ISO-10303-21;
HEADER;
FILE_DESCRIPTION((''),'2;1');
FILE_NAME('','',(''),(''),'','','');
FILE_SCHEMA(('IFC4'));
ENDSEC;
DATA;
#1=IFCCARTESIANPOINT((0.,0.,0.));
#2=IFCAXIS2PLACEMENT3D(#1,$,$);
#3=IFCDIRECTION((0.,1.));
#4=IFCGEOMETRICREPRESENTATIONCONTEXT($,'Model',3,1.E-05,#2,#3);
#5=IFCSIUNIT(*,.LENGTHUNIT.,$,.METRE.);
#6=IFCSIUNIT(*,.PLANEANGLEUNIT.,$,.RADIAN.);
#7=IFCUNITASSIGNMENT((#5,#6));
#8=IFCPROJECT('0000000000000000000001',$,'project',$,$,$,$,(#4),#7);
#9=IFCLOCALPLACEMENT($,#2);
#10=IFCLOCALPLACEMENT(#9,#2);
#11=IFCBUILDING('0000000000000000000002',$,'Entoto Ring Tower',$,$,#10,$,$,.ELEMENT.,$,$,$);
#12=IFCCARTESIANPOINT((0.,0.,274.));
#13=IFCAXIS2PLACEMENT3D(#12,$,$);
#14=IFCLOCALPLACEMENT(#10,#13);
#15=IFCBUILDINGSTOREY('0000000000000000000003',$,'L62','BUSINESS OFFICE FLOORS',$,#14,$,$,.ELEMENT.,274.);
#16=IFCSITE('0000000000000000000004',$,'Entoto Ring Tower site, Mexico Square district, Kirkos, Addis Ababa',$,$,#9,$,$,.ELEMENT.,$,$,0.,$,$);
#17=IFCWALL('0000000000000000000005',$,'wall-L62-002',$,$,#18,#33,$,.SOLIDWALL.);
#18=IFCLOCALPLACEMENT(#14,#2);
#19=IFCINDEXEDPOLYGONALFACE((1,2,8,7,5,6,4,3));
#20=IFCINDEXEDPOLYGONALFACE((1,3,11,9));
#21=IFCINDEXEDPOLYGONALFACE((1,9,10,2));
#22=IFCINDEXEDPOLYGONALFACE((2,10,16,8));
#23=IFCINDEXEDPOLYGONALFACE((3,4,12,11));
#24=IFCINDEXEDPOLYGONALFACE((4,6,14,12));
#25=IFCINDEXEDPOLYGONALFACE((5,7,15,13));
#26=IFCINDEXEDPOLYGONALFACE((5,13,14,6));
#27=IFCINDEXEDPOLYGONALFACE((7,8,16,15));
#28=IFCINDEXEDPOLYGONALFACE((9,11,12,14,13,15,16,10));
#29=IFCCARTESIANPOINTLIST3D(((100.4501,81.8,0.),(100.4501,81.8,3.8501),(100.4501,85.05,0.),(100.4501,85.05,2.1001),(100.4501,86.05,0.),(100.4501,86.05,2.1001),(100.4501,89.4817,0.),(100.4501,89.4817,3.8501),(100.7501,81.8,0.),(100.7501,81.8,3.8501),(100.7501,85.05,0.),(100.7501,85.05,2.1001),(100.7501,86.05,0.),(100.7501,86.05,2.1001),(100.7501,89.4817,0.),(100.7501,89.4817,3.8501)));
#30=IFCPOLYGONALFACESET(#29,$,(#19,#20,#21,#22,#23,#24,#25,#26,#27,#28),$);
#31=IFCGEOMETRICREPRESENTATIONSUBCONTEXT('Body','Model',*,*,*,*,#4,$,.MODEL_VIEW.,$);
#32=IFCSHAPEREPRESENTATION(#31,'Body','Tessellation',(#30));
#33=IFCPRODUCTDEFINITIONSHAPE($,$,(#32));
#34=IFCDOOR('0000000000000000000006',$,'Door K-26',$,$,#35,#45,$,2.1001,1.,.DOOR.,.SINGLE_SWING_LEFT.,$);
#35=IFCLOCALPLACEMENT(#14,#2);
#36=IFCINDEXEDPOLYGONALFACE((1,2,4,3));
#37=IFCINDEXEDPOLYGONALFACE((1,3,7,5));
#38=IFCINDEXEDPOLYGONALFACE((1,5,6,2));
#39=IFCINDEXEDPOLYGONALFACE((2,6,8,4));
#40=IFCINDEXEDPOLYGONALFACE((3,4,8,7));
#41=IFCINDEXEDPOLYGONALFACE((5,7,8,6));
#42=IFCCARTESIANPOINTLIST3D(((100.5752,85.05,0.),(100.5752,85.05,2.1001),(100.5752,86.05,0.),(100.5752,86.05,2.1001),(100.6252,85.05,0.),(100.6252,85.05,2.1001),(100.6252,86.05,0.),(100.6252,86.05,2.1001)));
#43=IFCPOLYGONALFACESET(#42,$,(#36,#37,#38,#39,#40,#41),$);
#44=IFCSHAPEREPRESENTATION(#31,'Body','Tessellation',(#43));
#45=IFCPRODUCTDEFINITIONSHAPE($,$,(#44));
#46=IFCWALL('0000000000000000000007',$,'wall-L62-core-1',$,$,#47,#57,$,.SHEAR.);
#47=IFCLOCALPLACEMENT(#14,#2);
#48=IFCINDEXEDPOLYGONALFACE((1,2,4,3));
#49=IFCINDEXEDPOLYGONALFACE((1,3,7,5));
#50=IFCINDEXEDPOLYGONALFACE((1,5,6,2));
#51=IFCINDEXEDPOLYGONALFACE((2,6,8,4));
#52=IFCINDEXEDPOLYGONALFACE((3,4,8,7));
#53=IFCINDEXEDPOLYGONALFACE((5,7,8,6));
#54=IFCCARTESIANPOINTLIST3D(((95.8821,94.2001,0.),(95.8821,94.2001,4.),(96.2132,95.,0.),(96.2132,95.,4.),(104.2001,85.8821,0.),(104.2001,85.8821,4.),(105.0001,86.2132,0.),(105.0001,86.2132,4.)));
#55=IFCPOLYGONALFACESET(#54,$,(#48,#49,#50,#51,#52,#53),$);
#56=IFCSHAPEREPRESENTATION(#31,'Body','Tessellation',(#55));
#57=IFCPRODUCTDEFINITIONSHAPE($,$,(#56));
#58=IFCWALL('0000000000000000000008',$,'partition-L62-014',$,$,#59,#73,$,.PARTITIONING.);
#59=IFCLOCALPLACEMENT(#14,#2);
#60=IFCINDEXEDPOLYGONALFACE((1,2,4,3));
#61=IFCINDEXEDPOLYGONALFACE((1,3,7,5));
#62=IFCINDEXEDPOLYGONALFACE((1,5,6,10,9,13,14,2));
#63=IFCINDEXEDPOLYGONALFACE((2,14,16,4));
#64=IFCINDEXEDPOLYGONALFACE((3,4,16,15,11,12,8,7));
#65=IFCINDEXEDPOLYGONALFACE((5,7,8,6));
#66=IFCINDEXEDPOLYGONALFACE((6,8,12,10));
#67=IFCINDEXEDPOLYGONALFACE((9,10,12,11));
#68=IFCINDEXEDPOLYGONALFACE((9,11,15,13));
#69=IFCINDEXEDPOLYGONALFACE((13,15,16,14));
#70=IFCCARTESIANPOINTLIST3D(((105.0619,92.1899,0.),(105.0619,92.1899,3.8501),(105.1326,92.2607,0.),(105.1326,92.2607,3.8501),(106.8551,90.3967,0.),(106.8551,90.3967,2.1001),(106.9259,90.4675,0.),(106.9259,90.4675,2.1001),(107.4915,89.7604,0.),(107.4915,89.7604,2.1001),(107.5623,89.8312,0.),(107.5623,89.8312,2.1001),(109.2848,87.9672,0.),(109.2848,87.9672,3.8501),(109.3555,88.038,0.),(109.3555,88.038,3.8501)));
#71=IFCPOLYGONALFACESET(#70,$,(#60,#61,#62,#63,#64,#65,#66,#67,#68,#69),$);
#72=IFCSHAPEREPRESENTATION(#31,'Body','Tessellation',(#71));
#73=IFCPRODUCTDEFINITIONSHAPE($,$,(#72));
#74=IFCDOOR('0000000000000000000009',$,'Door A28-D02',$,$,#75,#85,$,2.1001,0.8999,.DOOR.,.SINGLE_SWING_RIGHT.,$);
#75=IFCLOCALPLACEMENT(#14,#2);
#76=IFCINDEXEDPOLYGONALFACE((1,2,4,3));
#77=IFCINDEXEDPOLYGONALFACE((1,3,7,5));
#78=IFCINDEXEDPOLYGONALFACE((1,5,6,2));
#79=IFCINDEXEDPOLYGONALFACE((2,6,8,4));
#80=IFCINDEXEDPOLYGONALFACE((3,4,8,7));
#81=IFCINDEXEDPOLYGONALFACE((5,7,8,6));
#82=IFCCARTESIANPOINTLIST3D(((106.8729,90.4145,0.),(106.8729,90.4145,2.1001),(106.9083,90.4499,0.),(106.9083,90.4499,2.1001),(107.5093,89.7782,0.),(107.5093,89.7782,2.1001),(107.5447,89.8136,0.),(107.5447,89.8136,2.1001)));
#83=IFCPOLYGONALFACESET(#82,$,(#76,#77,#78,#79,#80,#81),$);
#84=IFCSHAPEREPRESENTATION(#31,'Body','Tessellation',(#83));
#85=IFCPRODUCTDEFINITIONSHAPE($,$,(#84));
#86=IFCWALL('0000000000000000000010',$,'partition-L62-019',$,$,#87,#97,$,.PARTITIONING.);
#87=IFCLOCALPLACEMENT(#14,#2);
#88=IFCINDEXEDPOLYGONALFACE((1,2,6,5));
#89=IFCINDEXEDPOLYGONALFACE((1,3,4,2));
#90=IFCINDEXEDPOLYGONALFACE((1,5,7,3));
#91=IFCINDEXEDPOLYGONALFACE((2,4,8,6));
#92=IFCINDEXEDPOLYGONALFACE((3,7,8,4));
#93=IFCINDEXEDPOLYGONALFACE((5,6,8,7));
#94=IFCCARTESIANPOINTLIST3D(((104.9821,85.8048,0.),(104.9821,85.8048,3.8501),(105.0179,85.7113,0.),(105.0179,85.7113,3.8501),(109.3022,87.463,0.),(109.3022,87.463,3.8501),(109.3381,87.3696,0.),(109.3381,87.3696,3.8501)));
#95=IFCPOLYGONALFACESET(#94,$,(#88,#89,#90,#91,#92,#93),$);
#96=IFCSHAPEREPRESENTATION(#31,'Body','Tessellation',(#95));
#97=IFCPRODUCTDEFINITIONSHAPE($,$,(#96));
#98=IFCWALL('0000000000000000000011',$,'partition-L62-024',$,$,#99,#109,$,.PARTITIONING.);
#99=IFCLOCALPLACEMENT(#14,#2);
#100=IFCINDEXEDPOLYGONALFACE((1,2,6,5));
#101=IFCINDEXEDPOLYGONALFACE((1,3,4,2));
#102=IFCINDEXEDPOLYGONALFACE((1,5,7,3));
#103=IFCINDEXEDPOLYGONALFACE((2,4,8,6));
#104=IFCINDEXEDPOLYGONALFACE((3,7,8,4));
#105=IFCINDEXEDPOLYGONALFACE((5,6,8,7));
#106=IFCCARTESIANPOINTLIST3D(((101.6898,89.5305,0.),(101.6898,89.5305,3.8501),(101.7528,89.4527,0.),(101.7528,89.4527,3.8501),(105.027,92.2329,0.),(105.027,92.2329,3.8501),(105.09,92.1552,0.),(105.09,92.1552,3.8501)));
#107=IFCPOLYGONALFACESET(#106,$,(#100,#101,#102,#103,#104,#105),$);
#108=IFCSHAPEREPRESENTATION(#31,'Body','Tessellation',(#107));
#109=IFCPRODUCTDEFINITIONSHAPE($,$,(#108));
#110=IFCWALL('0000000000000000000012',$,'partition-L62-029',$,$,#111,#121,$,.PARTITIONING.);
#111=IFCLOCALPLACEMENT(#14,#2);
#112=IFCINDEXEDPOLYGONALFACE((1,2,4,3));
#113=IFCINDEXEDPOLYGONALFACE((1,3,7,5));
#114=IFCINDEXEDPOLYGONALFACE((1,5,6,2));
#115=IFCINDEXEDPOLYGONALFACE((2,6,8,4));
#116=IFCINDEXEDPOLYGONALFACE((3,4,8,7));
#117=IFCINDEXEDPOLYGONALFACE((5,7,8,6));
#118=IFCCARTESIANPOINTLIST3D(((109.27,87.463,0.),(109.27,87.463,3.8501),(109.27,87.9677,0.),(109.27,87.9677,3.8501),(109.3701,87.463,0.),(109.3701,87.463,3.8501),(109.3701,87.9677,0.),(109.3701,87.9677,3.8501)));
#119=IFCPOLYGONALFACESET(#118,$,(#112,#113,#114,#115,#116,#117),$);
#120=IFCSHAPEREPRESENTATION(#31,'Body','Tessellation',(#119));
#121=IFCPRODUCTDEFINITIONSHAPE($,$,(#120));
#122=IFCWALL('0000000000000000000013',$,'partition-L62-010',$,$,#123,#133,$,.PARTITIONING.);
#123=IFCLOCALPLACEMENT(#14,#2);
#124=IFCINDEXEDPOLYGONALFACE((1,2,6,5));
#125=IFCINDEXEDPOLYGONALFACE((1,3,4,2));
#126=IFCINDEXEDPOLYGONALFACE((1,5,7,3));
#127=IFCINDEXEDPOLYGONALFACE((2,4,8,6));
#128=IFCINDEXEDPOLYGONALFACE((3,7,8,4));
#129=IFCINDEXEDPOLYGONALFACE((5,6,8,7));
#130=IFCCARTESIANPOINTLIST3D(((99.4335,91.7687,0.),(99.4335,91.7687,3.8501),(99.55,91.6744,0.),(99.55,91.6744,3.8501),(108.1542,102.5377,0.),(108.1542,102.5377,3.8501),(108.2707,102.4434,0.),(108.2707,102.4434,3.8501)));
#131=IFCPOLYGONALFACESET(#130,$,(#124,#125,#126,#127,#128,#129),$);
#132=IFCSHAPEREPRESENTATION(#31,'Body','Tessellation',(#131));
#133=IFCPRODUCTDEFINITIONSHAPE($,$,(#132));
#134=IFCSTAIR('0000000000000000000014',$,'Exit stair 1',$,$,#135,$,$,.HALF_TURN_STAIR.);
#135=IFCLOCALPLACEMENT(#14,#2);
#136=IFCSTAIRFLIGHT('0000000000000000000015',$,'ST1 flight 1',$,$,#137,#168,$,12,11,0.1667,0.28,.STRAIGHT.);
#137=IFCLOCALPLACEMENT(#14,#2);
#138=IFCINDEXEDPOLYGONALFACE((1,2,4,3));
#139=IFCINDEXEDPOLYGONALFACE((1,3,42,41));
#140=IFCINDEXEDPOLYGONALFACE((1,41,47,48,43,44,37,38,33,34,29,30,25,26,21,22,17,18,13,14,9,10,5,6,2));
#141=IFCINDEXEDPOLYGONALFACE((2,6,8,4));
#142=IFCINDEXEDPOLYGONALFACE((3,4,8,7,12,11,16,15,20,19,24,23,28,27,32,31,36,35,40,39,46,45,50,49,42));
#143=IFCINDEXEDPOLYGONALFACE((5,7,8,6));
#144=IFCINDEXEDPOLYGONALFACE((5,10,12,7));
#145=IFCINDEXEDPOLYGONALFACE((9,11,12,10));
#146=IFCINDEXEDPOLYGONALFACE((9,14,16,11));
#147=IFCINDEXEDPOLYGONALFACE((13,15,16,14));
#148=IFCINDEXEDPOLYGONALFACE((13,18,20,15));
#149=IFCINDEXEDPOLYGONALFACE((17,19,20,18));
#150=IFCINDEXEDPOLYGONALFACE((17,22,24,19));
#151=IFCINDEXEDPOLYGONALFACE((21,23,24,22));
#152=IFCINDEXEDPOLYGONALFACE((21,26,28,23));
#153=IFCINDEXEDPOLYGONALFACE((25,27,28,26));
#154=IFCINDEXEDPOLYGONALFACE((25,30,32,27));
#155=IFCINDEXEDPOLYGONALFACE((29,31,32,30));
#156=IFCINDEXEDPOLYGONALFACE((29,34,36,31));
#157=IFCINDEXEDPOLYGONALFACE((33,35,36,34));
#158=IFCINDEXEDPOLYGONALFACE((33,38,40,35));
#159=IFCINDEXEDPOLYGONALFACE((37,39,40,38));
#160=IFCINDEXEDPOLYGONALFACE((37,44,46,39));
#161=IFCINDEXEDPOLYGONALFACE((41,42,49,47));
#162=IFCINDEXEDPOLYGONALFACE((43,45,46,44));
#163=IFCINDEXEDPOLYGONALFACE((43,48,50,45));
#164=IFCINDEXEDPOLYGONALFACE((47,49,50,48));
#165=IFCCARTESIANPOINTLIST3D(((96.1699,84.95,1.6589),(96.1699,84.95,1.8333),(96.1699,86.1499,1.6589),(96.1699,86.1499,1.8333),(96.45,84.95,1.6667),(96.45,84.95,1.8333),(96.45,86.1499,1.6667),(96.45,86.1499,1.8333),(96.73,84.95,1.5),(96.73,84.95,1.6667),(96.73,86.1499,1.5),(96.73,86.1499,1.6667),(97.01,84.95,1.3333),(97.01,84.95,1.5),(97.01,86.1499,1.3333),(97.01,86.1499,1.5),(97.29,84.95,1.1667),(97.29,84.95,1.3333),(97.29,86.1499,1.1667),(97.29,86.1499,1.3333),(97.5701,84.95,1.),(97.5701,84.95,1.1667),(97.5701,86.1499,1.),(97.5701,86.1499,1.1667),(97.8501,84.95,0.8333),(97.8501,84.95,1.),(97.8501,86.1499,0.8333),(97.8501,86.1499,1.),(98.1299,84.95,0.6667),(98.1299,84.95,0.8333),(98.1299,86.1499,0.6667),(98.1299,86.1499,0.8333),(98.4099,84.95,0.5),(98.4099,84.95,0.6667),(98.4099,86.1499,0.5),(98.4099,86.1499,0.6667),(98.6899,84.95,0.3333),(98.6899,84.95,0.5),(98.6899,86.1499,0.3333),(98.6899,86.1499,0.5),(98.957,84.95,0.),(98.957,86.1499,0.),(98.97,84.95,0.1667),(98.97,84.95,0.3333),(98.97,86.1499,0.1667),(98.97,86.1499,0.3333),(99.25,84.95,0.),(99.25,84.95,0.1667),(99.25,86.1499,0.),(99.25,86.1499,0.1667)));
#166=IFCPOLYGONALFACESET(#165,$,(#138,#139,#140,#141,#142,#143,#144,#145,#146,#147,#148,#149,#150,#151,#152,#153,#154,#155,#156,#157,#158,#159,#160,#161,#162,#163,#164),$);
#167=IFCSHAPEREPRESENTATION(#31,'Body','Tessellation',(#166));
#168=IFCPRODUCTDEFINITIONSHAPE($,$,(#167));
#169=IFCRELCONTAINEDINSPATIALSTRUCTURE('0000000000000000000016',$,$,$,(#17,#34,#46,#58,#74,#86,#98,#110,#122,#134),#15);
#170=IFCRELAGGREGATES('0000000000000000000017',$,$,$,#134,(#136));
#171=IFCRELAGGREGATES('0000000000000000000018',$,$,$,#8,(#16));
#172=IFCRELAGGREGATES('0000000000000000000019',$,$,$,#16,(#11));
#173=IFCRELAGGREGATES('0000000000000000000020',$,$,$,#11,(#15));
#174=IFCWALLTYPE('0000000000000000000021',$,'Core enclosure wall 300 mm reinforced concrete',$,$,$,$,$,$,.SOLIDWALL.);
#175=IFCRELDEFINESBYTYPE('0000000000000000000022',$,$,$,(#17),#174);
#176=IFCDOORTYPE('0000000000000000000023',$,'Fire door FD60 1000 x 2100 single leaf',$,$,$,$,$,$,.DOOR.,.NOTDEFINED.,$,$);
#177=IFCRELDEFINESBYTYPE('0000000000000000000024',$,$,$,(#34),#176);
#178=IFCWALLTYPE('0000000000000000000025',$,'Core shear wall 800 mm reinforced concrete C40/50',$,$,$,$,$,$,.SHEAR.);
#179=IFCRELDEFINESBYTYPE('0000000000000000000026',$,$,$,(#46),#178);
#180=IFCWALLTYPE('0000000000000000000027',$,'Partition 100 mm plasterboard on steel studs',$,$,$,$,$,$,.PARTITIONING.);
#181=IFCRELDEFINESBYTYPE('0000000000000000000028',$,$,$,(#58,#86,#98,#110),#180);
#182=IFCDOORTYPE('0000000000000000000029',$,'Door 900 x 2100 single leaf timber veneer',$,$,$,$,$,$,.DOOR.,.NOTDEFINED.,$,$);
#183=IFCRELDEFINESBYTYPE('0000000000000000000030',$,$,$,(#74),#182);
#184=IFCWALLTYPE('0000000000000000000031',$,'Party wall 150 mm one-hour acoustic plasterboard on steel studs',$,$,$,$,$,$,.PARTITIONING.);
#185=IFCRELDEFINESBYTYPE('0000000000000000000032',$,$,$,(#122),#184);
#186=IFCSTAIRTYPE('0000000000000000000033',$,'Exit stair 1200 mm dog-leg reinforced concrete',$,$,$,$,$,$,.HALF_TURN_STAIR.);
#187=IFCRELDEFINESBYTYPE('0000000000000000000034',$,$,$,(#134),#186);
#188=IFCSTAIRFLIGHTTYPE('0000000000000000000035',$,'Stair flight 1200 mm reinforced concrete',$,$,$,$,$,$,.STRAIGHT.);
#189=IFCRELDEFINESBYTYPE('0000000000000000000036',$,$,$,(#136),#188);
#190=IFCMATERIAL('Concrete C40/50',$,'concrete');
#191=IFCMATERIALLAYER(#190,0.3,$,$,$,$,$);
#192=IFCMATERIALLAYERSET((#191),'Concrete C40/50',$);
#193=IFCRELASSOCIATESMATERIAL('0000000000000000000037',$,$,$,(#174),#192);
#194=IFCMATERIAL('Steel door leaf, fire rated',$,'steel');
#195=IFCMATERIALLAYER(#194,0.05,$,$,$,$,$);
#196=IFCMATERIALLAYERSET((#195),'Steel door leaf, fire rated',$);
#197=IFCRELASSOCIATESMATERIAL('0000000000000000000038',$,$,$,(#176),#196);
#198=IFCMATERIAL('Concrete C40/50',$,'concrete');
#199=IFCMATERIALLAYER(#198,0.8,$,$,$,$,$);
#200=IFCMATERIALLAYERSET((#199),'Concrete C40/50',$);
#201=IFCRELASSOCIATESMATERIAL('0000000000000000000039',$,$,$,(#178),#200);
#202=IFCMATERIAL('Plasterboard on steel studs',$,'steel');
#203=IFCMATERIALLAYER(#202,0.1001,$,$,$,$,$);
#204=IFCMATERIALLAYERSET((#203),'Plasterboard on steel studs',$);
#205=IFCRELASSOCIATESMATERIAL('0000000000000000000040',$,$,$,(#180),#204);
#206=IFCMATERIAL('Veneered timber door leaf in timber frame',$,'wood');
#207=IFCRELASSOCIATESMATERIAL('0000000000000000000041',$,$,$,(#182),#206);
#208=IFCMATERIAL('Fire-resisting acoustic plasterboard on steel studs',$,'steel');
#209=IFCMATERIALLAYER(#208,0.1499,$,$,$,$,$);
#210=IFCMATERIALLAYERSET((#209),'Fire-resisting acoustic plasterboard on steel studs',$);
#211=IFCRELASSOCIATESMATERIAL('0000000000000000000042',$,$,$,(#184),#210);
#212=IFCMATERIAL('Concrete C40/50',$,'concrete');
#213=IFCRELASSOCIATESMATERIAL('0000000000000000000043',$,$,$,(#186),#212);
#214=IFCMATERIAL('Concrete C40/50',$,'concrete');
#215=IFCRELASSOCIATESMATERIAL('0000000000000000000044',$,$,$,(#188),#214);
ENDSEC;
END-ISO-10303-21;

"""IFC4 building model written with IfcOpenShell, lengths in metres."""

from ifc_helpers import new_model, si_unit, direction, frame, frame_2d, origin, place, context, subcontext, project, spatial, polyline, rectangle, outline, extrude, material, layer, layer_set, type_object, element, fill, aggregate, save


model = new_model("IFC4")

# Units and contexts
model_context = context("Model", 3, precision=1e-05, world=origin(), true_north=direction((0.0, 1.0)))
body_context = subcontext(model_context, "Body", "Model", "MODEL_VIEW")
ifc_project = project(units=[si_unit("LENGTHUNIT", "METRE"), si_unit("PLANEANGLEUNIT", "RADIAN")], contexts=[model_context])

# Site, building, storey
site_placement = place(None, origin())
site = spatial("IfcSite", under=ifc_project, at=site_placement, Name="Entoto Ring Tower site, Mexico Square district, Kirkos, Addis Ababa", CompositionType="ELEMENT", RefElevation=0.0)
building_placement = place(site_placement, origin())
building = spatial("IfcBuilding", under=site, at=building_placement, Name="Entoto Ring Tower", CompositionType="ELEMENT")
storey_placement = place(building_placement, frame((0.0, 0.0, 274.0)))
storey = spatial("IfcBuildingStorey", under=building, at=storey_placement, Name="L62", Description="BUSINESS OFFICE FLOORS", CompositionType="ELEMENT", Elevation=274.0)

# Wall, opening, door
ifc_material_1 = material(Name="Concrete C40/50", Category="concrete")
ifc_layer_1 = layer(ifc_material_1, 0.3)
ifc_layer_set_1 = layer_set([ifc_layer_1], Name="Concrete C40/50")
wall_type_1 = type_object("IfcWallType", Name="Core enclosure wall 300 mm reinforced concrete", PredefinedType="SOLIDWALL", material=ifc_layer_set_1)
wall_1_placement = place(storey_placement, frame((100.6001, 81.8, 0.0), z_axis=(0.0, 0.0, 1.0), x_axis=(0.0, 1.0, 0.0)))
wall_1 = element("IfcWall", 1, at=wall_1_placement, inside=storey, type_object=wall_type_1, Name="wall-L62-002", PredefinedType="SOLIDWALL", context=body_context, shape_type="SweptSolid", body=[
    extrude(rectangle(XDim=7.6816, YDim=0.3, at=frame_2d((3.8408, 0.0))), origin(), (0.0, 0.0, 1.0), 3.8501),
])
opening_1_placement = place(wall_1_placement, frame((3.25, 0.0, 0.0)))
opening_1 = element("IfcOpeningElement", 2, at=opening_1_placement, cuts=wall_1, PredefinedType="OPENING", context=body_context, shape_type="SweptSolid", body=[
    extrude(rectangle(XDim=1.0, YDim=2.1001, at=frame_2d((0.5, 1.05))), frame((0.0, 0.1602, 0.0), z_axis=(0.0, -1.0, 0.0), x_axis=(1.0, 0.0, 0.0)), (0.0, 0.0, 1.0), 0.3201),
])
ifc_material_2 = material(Name="Steel door leaf, fire rated", Category="steel")
ifc_layer_2 = layer(ifc_material_2, 0.05)
ifc_layer_set_2 = layer_set([ifc_layer_2], Name="Steel door leaf, fire rated")
door_type_1 = type_object("IfcDoorType", Name="Fire door FD60 1000 x 2100 single leaf", OperationType="NOTDEFINED", PredefinedType="DOOR", material=ifc_layer_set_2)
door_1_placement = place(opening_1_placement, origin())
door_1 = element("IfcDoor", 3, at=door_1_placement, inside=storey, type_object=door_type_1, Name="Door K-26", OperationType="SINGLE_SWING_LEFT", OverallHeight=2.1001, OverallWidth=1.0, PredefinedType="DOOR", context=body_context, shape_type="SweptSolid", body=[
    extrude(rectangle(XDim=1.0, YDim=2.1001, at=frame_2d((0.5, 1.05))), frame((0.0, 0.0249, 0.0), z_axis=(0.0, -1.0, 0.0), x_axis=(1.0, 0.0, 0.0)), (0.0, 0.0, 1.0), 0.05),
])
fill(opening_1, door_1)

# Wall
ifc_material_3 = material(Name="Concrete C40/50", Category="concrete")
ifc_layer_3 = layer(ifc_material_3, 0.8)
ifc_layer_set_3 = layer_set([ifc_layer_3], Name="Concrete C40/50")
wall_type_2 = type_object("IfcWallType", Name="Core shear wall 800 mm reinforced concrete C40/50", PredefinedType="SHEAR", material=ifc_layer_set_3)
wall_2_placement = place(storey_placement, frame((104.6001, 86.0476, 0.0), z_axis=(0.0, 0.0, 1.0), x_axis=(-0.707107, 0.707107, 0.0)))
element("IfcWall", 4, at=wall_2_placement, inside=storey, type_object=wall_type_2, Name="wall-L62-core-1", PredefinedType="SHEAR", context=body_context, shape_type="SweptSolid", body=[
    extrude(outline(polyline([(-0.1658, -0.3999), (12.2607, -0.3999), (11.9292, 0.3999), (0.1658, 0.3999), (-0.1658, -0.3999)])), origin(), (0.0, 0.0, 1.0), 4.0),
])

# Wall, opening, door
ifc_material_4 = material(Name="Plasterboard on steel studs", Category="steel")
ifc_layer_4 = layer(ifc_material_4, 0.1001)
ifc_layer_set_4 = layer_set([ifc_layer_4], Name="Plasterboard on steel studs")
wall_type_3 = type_object("IfcWallType", Name="Partition 100 mm plasterboard on steel studs", PredefinedType="PARTITIONING", material=ifc_layer_set_4)
wall_3_placement = place(storey_placement, frame((109.3201, 88.0027, 0.0), z_axis=(0.0, 0.0, 1.0), x_axis=(-0.707127, 0.707086, 0.0)))
wall_3 = element("IfcWall", 5, at=wall_3_placement, inside=storey, type_object=wall_type_3, Name="partition-L62-014", PredefinedType="PARTITIONING", context=body_context, shape_type="SweptSolid", body=[
    extrude(rectangle(XDim=5.9719, YDim=0.1001, at=frame_2d((2.9858, 0.0))), origin(), (0.0, 0.0, 1.0), 3.8501),
])
opening_2_placement = place(wall_3_placement, frame((2.5359, 0.0, 0.0)))
opening_2 = element("IfcOpeningElement", 6, at=opening_2_placement, cuts=wall_3, PredefinedType="OPENING", context=body_context, shape_type="SweptSolid", body=[
    extrude(rectangle(XDim=0.8999, YDim=2.1001, at=frame_2d((0.45, 1.05))), frame((0.0, 0.0601, 0.0), z_axis=(0.0, -1.0, 0.0), x_axis=(1.0, 0.0, 0.0)), (0.0, 0.0, 1.0), 0.1201),
])
ifc_material_5 = material(Name="Veneered timber door leaf in timber frame", Category="wood")
door_type_2 = type_object("IfcDoorType", Name="Door 900 x 2100 single leaf timber veneer", OperationType="NOTDEFINED", PredefinedType="DOOR", material=ifc_material_5)
door_2_placement = place(opening_2_placement, origin())
door_2 = element("IfcDoor", 7, at=door_2_placement, inside=storey, type_object=door_type_2, Name="Door A28-D02", OperationType="SINGLE_SWING_RIGHT", OverallHeight=2.1001, OverallWidth=0.8999, PredefinedType="DOOR", context=body_context, shape_type="SweptSolid", body=[
    extrude(rectangle(XDim=0.8999, YDim=2.1001, at=frame_2d((0.45, 1.05))), frame((0.0, 0.0249, 0.0), z_axis=(0.0, -1.0, 0.0), x_axis=(1.0, 0.0, 0.0)), (0.0, 0.0, 1.0), 0.05),
])
fill(opening_2, door_2)

# Walls
wall_4_placement = place(storey_placement, frame((105.0, 85.7581, 0.0), z_axis=(0.0, 0.0, 1.0), x_axis=(0.933589, 0.358346, 0.0)))
element("IfcWall", 8, at=wall_4_placement, inside=storey, type_object=wall_type_3, Name="partition-L62-019", PredefinedType="PARTITIONING", context=body_context, shape_type="SweptSolid", body=[
    extrude(rectangle(XDim=4.6274, YDim=0.1001, at=frame_2d((2.3137, 0.0))), origin(), (0.0, 0.0, 1.0), 3.8501),
])
wall_5_placement = place(storey_placement, frame((101.7214, 89.4917, 0.0), z_axis=(0.0, 0.0, 1.0), x_axis=(0.777144, 0.629323, 0.0)))
element("IfcWall", 9, at=wall_5_placement, inside=storey, type_object=wall_type_3, Name="partition-L62-024", PredefinedType="PARTITIONING", context=body_context, shape_type="SweptSolid", body=[
    extrude(rectangle(XDim=4.2942, YDim=0.1001, at=frame_2d((2.147, 0.0))), origin(), (0.0, 0.0, 1.0), 3.8501),
])
wall_6_placement = place(storey_placement, frame((109.3201, 87.4629, 0.0), z_axis=(0.0, 0.0, 1.0), x_axis=(0.0, 1.0, 0.0)))
element("IfcWall", 10, at=wall_6_placement, inside=storey, type_object=wall_type_3, Name="partition-L62-029", PredefinedType="PARTITIONING", context=body_context, shape_type="SweptSolid", body=[
    extrude(rectangle(XDim=0.5046, YDim=0.1001, at=frame_2d((0.2524, 0.0))), origin(), (0.0, 0.0, 1.0), 3.8501),
])
ifc_material_6 = material(Name="Fire-resisting acoustic plasterboard on steel studs", Category="steel")
ifc_layer_5 = layer(ifc_material_6, 0.1499)
ifc_layer_set_5 = layer_set([ifc_layer_5], Name="Fire-resisting acoustic plasterboard on steel studs")
wall_type_4 = type_object("IfcWallType", Name="Party wall 150 mm one-hour acoustic plasterboard on steel studs", PredefinedType="PARTITIONING", material=ifc_layer_set_5)
wall_7_placement = place(storey_placement, frame((99.4917, 91.7214, 0.0), z_axis=(0.0, 0.0, 1.0), x_axis=(0.629325, 0.777142, 0.0)))
element("IfcWall", 11, at=wall_7_placement, inside=storey, type_object=wall_type_4, Name="partition-L62-010", PredefinedType="PARTITIONING", context=body_context, shape_type="SweptSolid", body=[
    extrude(rectangle(XDim=13.8572, YDim=0.1499, at=frame_2d((6.9287, 0.0))), origin(), (0.0, 0.0, 1.0), 3.8501),
])

# Stair, stair flight
ifc_material_7 = material(Name="Concrete C40/50", Category="concrete")
stair_type = type_object("IfcStairType", Name="Exit stair 1200 mm dog-leg reinforced concrete", PredefinedType="HALF_TURN_STAIR", material=ifc_material_7)
stair_placement = place(storey_placement, origin())
stair = element("IfcStair", 12, at=stair_placement, inside=storey, type_object=stair_type, Name="Exit stair 1", PredefinedType="HALF_TURN_STAIR")
ifc_material_8 = material(Name="Concrete C40/50", Category="concrete")
stair_flight_type = type_object("IfcStairFlightType", Name="Stair flight 1200 mm reinforced concrete", PredefinedType="STRAIGHT", material=ifc_material_8)
stair_flight_placement = place(storey_placement, frame((99.25, 85.55, 0.0), z_axis=(0.0, 0.0, 1.0), x_axis=(-1.0, 0.0, 0.0)))
stair_flight = element("IfcStairFlight", 13, at=stair_flight_placement, type_object=stair_flight_type, Name="ST1 flight 1", NumberOfRisers=12, NumberOfTreads=11, PredefinedType="STRAIGHT", RiserHeight=0.1667, TreadLength=0.28, context=body_context, shape_type="SweptSolid", body=[
    extrude(outline(polyline([(0.0, 0.0), (0.0, 0.1667), (0.28, 0.1667), (0.28, 0.3333), (0.5601, 0.3333), (0.5601, 0.5), (0.8401, 0.5), (0.8401, 0.6667), (1.1201, 0.6667), (1.1201, 0.8333), (1.3999, 0.8333), (1.3999, 1.0), (1.6799, 1.0), (1.6799, 1.1667), (1.96, 1.1667), (1.96, 1.3333), (2.24, 1.3333), (2.24, 1.5), (2.52, 1.5), (2.52, 1.6667), (2.8, 1.6667), (2.8, 1.8333), (3.0801, 1.8333), (3.0801, 2.0), (3.0801, 1.6589), (0.293, 0.0), (0.0, 0.0)])), frame((0.0, 0.6001, 0.0), z_axis=(0.0, -1.0, 0.0), x_axis=(1.0, 0.0, 0.0)), (0.0, 0.0, 1.0), 1.2),
])
aggregate(stair, [stair_flight])

save(model, "model.ifc")
